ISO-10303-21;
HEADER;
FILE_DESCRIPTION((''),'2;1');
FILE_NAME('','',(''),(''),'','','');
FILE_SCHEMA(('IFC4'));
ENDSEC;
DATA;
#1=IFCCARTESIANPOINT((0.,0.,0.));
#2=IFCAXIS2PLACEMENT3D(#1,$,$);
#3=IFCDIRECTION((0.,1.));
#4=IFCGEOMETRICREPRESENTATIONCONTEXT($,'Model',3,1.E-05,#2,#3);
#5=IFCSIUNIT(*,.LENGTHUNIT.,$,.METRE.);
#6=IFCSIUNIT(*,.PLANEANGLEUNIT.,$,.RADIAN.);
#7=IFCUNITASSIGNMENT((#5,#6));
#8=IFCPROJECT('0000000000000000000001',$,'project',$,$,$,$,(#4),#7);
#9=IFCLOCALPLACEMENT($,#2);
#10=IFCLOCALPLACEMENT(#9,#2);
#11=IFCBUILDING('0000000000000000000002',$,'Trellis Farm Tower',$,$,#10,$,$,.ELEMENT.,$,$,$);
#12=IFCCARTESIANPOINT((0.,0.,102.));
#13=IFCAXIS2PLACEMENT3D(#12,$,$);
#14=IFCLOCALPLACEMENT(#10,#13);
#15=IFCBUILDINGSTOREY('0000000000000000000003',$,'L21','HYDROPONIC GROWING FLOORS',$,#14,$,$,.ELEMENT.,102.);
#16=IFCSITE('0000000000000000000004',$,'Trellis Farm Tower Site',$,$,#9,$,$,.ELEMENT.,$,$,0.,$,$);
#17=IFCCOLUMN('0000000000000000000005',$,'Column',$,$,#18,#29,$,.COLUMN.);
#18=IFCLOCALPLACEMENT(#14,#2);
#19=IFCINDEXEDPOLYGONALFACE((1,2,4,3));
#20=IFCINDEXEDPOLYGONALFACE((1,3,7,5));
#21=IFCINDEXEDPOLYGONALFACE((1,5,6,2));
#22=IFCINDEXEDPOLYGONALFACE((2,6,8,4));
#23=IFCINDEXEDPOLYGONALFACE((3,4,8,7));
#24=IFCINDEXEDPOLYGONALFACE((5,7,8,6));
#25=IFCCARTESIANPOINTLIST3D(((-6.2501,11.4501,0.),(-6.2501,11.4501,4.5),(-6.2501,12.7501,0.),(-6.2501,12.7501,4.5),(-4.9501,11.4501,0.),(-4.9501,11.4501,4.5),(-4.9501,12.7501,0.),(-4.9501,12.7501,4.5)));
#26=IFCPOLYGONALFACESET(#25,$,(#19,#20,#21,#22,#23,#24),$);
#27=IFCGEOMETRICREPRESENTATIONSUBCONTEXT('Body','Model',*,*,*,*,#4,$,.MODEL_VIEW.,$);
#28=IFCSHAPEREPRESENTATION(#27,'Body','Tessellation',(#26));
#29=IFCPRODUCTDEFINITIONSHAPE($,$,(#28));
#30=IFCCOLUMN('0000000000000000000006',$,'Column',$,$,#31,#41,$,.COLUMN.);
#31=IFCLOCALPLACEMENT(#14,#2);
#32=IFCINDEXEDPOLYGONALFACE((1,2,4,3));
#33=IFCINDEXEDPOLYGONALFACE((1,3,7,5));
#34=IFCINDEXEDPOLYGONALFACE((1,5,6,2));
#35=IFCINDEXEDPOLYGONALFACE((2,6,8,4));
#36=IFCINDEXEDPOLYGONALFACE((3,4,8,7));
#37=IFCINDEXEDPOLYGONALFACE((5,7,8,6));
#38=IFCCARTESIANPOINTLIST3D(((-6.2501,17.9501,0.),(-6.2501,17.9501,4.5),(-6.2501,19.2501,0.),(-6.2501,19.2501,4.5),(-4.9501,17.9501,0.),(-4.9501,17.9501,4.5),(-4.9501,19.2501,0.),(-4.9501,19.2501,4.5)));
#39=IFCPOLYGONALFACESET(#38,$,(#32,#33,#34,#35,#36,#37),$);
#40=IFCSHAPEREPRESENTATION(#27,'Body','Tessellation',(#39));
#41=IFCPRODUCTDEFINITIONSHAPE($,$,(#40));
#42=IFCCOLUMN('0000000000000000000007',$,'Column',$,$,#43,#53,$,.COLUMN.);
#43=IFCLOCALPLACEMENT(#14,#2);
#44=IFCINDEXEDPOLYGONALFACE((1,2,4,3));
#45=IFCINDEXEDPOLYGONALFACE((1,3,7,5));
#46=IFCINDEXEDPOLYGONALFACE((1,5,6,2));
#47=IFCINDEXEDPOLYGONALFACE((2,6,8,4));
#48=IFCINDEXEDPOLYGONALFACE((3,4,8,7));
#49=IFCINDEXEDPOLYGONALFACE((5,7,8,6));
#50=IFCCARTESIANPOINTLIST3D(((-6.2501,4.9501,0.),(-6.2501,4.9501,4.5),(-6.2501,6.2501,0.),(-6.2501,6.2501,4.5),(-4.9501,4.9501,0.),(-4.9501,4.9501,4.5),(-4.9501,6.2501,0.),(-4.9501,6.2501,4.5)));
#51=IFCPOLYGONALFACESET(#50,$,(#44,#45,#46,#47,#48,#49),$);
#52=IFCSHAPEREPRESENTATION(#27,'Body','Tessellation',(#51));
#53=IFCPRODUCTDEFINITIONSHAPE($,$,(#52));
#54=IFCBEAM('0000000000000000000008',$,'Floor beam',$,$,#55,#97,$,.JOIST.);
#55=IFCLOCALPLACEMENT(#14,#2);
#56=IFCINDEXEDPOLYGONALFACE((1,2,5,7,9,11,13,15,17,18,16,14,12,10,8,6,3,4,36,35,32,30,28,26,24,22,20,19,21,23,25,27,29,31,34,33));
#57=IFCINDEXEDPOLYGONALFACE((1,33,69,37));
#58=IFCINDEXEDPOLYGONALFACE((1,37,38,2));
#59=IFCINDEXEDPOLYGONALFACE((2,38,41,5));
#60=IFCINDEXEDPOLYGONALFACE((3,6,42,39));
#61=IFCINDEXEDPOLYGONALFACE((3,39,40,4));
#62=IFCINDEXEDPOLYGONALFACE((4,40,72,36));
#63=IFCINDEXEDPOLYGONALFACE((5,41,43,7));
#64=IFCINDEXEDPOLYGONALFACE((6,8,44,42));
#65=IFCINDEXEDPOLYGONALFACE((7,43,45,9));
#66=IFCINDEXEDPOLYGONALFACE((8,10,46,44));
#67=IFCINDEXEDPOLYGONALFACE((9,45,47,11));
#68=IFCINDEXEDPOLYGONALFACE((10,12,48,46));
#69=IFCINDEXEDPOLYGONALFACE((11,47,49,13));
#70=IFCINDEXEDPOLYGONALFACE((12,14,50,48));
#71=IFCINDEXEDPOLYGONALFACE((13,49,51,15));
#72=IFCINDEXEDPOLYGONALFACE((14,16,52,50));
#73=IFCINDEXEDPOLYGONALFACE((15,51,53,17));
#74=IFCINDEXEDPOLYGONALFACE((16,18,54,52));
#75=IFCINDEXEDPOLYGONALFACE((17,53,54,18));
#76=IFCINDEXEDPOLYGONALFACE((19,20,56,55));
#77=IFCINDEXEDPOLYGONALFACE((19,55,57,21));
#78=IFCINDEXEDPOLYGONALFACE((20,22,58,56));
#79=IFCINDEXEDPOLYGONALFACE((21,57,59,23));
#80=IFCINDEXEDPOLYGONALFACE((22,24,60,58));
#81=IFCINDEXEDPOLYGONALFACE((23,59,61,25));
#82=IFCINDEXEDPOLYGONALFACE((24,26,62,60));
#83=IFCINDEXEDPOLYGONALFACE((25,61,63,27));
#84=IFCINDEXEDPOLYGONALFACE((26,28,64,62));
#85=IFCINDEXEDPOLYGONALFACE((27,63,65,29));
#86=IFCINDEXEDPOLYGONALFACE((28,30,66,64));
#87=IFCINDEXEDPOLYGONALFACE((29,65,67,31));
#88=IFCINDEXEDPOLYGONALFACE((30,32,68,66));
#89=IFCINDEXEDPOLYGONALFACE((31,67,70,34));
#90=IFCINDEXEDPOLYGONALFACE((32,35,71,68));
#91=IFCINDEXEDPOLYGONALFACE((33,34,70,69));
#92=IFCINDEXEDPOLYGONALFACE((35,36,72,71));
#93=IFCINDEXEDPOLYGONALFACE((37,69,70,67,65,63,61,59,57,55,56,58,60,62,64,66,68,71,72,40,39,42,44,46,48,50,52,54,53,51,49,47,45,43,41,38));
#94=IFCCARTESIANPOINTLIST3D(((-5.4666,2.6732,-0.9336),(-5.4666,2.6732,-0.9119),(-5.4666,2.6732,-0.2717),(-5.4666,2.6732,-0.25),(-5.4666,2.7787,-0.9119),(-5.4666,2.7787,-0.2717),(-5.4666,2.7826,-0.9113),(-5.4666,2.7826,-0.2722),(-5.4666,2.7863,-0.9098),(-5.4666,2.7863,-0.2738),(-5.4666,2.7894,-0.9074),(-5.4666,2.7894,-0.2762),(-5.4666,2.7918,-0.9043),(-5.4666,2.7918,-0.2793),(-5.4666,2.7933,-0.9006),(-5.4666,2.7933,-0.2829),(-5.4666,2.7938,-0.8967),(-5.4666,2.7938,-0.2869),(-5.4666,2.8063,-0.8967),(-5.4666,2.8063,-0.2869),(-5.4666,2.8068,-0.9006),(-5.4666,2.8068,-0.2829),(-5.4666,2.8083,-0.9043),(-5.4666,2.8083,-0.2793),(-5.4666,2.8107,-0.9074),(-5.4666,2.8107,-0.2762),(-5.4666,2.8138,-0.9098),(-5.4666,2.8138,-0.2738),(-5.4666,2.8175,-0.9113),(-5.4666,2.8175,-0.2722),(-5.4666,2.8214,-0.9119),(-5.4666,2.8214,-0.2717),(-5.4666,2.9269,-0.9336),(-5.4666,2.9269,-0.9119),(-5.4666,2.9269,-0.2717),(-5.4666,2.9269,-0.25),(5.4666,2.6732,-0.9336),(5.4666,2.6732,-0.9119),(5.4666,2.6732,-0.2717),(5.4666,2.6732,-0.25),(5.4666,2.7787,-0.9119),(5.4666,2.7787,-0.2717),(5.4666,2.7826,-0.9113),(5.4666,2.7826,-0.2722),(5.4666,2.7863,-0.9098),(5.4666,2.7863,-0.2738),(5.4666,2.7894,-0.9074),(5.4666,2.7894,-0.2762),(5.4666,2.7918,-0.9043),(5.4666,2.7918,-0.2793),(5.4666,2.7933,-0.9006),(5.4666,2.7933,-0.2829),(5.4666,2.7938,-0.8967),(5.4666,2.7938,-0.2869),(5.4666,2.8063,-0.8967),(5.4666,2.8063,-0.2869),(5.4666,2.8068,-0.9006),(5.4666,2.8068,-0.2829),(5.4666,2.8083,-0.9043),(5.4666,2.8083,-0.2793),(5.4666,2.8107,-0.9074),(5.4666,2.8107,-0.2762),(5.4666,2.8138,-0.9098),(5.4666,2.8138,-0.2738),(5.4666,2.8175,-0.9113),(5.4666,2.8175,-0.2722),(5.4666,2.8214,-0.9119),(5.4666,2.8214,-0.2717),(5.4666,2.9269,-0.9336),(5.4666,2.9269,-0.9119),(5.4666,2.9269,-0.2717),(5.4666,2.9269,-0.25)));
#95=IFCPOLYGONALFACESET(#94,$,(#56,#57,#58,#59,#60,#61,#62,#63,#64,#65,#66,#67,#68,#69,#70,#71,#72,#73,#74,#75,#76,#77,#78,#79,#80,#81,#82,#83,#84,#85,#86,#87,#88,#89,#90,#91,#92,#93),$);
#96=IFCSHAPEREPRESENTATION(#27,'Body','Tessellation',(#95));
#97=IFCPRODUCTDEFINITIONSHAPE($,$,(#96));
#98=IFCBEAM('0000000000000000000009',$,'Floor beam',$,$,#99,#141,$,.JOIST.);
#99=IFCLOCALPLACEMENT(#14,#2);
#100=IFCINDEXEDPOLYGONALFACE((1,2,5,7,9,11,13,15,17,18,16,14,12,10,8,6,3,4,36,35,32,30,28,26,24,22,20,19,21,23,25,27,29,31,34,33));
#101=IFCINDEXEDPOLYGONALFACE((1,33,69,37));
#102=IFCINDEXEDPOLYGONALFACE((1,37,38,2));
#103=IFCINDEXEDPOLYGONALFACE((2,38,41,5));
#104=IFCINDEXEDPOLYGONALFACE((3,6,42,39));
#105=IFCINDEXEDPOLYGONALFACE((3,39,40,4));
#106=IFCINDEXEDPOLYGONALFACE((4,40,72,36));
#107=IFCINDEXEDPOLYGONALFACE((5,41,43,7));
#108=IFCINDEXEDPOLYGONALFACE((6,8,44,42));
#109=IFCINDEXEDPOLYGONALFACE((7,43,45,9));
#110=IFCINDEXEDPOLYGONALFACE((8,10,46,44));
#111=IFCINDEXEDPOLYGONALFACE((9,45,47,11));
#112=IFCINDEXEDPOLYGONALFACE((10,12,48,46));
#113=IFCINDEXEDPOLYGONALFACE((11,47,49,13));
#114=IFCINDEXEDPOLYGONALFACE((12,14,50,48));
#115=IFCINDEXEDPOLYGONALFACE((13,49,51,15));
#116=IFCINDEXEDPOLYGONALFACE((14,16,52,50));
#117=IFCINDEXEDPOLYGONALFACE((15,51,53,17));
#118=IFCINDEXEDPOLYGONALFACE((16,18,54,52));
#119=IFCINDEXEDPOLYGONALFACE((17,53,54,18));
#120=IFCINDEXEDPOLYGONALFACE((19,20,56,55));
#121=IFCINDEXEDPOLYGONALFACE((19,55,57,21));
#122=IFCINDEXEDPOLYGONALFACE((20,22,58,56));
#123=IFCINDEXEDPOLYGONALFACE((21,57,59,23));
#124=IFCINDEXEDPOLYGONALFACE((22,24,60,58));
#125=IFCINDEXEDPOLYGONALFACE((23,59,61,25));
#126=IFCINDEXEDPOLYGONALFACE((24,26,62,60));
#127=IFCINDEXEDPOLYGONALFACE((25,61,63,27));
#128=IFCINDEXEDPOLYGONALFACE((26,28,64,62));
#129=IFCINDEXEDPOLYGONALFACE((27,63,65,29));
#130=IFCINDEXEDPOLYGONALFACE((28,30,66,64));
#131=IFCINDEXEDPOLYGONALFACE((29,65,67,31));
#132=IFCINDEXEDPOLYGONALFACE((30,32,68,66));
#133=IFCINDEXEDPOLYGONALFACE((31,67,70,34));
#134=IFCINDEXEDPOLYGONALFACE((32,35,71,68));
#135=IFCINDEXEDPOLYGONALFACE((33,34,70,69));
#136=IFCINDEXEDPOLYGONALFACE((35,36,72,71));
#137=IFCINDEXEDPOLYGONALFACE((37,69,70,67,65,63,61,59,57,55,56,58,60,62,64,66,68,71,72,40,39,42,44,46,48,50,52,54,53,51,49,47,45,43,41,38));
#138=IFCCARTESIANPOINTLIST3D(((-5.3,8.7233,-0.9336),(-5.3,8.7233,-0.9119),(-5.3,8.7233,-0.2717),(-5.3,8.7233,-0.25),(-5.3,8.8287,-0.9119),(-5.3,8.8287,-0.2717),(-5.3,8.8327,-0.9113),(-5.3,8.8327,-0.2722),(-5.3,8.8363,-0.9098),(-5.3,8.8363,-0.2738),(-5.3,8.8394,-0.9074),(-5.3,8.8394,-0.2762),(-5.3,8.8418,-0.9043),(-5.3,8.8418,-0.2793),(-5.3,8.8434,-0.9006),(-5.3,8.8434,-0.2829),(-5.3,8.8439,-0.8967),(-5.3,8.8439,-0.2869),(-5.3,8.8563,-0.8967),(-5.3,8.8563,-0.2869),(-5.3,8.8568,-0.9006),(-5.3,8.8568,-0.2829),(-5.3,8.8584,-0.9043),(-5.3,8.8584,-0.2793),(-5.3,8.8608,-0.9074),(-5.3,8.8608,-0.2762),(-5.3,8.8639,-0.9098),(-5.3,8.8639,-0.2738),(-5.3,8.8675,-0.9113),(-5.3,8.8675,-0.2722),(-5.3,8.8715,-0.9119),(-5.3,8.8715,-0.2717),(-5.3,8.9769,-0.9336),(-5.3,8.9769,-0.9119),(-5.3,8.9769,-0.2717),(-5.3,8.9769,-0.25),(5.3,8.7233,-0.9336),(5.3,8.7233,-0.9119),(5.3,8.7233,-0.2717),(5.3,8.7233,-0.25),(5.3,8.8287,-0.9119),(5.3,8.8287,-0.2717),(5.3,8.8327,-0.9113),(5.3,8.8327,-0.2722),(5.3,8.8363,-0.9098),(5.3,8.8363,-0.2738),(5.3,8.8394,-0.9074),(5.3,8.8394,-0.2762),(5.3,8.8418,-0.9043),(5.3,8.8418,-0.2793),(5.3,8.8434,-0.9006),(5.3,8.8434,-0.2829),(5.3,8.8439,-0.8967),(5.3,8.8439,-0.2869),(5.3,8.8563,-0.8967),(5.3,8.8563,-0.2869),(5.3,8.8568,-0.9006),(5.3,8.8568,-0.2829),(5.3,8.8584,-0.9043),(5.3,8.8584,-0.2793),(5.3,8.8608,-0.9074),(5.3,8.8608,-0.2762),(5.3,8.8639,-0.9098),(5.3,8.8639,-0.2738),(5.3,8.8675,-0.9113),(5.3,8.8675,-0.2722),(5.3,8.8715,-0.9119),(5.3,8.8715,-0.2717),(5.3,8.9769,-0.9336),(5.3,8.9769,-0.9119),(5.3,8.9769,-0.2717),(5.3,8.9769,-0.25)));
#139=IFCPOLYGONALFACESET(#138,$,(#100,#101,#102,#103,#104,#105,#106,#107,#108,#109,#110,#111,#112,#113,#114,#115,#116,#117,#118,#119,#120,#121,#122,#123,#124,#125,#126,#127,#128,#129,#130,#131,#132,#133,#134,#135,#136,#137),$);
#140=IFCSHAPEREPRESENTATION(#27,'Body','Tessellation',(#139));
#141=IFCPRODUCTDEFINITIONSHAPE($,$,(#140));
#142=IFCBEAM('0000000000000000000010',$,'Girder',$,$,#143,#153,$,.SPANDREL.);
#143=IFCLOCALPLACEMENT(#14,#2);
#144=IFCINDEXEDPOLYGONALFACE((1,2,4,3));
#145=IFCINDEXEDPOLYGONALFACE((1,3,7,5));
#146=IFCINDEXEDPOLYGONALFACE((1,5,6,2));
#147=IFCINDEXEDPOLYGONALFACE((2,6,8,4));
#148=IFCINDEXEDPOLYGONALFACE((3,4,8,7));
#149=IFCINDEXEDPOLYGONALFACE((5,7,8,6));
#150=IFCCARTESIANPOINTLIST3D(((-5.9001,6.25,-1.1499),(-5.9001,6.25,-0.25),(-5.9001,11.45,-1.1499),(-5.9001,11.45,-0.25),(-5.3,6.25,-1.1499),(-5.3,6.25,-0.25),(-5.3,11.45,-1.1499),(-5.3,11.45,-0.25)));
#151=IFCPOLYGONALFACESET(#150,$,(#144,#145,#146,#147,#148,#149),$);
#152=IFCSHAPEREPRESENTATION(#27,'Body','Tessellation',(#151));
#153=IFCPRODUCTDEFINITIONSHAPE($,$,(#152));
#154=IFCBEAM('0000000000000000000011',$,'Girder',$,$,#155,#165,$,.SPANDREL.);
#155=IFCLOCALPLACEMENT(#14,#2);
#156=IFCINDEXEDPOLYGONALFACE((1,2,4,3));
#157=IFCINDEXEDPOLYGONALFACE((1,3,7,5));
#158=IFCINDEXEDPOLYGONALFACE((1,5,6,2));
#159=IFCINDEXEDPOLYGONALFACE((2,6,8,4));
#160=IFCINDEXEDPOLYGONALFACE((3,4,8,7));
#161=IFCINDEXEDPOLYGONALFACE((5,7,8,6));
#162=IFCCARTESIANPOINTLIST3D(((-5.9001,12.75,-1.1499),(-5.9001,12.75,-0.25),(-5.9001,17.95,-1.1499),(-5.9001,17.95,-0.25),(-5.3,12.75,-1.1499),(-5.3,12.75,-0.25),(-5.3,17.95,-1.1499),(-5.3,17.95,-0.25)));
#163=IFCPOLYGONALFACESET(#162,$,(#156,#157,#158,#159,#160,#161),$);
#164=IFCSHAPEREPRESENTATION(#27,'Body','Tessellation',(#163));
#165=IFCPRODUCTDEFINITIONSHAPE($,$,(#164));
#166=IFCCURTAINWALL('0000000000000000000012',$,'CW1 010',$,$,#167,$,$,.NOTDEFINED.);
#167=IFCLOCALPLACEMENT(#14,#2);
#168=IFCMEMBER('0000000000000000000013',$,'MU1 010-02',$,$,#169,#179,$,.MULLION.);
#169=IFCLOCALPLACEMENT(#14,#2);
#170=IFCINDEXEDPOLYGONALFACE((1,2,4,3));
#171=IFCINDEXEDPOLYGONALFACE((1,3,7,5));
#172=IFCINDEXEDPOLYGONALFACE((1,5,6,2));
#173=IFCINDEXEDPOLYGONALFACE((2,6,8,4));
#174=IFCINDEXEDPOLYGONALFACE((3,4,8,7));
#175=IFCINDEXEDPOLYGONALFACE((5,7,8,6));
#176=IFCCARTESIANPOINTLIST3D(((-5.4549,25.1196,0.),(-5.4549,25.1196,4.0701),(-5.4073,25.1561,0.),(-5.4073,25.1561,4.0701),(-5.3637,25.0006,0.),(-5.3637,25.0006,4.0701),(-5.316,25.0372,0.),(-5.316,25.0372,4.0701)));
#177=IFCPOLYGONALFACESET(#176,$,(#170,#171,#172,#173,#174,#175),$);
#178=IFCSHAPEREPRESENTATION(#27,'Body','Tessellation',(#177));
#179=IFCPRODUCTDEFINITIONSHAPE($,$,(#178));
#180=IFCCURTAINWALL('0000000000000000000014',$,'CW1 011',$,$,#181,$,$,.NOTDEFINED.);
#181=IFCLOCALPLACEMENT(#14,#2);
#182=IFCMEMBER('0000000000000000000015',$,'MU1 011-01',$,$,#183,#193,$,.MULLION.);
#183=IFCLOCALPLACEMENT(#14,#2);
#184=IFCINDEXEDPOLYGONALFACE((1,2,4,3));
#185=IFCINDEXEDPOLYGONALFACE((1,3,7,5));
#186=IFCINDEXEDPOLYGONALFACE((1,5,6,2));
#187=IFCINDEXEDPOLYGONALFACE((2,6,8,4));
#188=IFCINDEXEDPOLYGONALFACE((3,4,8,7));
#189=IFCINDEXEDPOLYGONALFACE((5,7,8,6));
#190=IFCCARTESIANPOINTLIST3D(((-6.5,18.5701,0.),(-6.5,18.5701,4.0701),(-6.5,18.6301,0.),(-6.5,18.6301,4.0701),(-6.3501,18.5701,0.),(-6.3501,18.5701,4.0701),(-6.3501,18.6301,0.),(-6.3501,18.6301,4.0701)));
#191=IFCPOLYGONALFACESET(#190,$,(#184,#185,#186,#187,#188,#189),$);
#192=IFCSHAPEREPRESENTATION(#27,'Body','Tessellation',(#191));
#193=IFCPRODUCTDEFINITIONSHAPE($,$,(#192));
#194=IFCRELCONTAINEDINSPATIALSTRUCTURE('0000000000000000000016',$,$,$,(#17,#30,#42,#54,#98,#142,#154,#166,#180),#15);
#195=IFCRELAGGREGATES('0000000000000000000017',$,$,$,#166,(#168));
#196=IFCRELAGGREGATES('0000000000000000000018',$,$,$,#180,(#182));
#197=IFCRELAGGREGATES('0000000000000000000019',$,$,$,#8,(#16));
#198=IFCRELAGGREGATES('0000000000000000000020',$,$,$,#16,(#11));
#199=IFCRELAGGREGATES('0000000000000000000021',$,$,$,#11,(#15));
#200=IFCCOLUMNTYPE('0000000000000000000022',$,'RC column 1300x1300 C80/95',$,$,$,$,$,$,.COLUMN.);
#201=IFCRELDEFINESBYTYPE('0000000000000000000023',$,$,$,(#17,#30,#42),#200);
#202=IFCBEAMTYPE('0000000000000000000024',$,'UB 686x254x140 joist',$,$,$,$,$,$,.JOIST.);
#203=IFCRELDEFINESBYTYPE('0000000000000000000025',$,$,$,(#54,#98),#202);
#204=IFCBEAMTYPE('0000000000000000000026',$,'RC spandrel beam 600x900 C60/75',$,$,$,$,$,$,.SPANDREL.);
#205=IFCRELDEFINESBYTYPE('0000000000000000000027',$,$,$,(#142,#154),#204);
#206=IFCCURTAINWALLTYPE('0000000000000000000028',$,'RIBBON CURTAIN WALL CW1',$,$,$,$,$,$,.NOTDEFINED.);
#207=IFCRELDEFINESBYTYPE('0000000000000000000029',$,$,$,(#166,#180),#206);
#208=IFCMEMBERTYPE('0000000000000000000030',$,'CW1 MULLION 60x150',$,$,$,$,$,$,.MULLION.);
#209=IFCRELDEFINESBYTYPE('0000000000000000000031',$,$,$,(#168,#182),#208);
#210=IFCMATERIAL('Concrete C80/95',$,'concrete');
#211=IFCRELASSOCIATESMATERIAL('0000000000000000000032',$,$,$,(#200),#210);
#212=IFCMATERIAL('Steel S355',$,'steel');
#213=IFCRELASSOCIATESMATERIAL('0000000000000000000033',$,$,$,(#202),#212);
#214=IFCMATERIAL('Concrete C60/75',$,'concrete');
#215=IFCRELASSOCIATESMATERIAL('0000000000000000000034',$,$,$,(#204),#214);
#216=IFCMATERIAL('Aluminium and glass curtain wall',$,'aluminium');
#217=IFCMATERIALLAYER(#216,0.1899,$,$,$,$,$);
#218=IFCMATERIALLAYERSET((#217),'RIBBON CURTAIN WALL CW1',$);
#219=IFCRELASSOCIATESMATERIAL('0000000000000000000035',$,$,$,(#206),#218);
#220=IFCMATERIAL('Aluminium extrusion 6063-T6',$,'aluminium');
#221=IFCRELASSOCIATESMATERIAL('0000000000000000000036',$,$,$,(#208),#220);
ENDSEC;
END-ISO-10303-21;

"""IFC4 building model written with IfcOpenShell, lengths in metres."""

from ifc_helpers import new_model, si_unit, direction, frame, origin, origin_2d, place, context, subcontext, project, spatial, rectangle, i_section, extrude, source, transform, mapped, material, layer, layer_set, material_profile, profile_set, type_object, element, aggregate, save


model = new_model("IFC4")

# Units and contexts
model_context = context("Model", 3, precision=1e-05, world=origin(), true_north=direction((0.0, 1.0)))
body_context = subcontext(model_context, "Body", "Model", "MODEL_VIEW")
ifc_project = project(units=[si_unit("LENGTHUNIT", "METRE"), si_unit("PLANEANGLEUNIT", "RADIAN")], contexts=[model_context])

# Site, building, storey
site_placement = place(None, origin())
site = spatial("IfcSite", under=ifc_project, at=site_placement, Name="Trellis Farm Tower Site", CompositionType="ELEMENT", RefElevation=0.0)
building_placement = place(site_placement, origin())
building = spatial("IfcBuilding", under=site, at=building_placement, Name="Trellis Farm Tower", CompositionType="ELEMENT")
storey_placement = place(building_placement, frame((0.0, 0.0, 102.0)))
storey = spatial("IfcBuildingStorey", under=building, at=storey_placement, Name="L21", Description="HYDROPONIC GROWING FLOORS", CompositionType="ELEMENT", Elevation=102.0)

# Columns
ifc_material_1 = material(Name="Concrete C80/95", Category="concrete")
ifc_material_profile_1 = material_profile(ifc_material_1, rectangle(XDim=1.3, YDim=1.3, at=origin_2d()), Name="RC column 1300x1300 C80/95")
ifc_profile_set_1 = profile_set([ifc_material_profile_1], Name="Concrete C80/95")
column_type = type_object("IfcColumnType", Name="RC column 1300x1300 C80/95", PredefinedType="COLUMN", material=ifc_profile_set_1)
shared_shape_1 = source(origin(), body_context, "Body", "SweptSolid", [
    extrude(rectangle(XDim=1.3, YDim=1.3, at=origin_2d()), origin(), (0.0, 0.0, 1.0), 4.5),
])
for number, where, z_axis, x_axis, name in (
    (1, (-5.6001, 12.1001, 0.0), (0.0, 0.0, 1.0), (1.0, 0.0, 0.0), "Column"),
    (2, (-5.6001, 18.6001, 0.0), (0.0, 0.0, 1.0), (1.0, 0.0, 0.0), "Column"),
    (3, (-5.6001, 5.6001, 0.0), (0.0, 0.0, 1.0), (1.0, 0.0, 0.0), "Column"),
):
    element("IfcColumn", number, at=place(storey_placement, frame(where, z_axis=z_axis, x_axis=x_axis)), inside=storey, type_object=column_type, Name=name, PredefinedType="COLUMN", context=body_context, shape_type="MappedRepresentation", body=[
        mapped(shared_shape_1, transform((0.0, 0.0, 0.0))),
    ])

# Beams
ifc_material_2 = material(Name="Steel S355", Category="steel")
ifc_material_profile_2 = material_profile(ifc_material_2, i_section(OverallWidth=0.2537, OverallDepth=0.6836, WebThickness=0.0125, FlangeThickness=0.0217, FilletRadius=0.0151, at=origin_2d()), Name="UB 686x254x140")
ifc_profile_set_2 = profile_set([ifc_material_profile_2], Name="Steel S355")
beam_type_1 = type_object("IfcBeamType", Name="UB 686x254x140 joist", PredefinedType="JOIST", material=ifc_profile_set_2)
shared_shape_2 = source(origin(), body_context, "Body", "SweptSolid", [
    extrude(i_section(OverallWidth=0.2537, OverallDepth=0.6836, WebThickness=0.0125, FlangeThickness=0.0217, FilletRadius=0.0151, at=origin_2d()), origin(), (0.0, 0.0, 1.0), 10.9331),
])
beam_1_placement = place(storey_placement, frame((-5.4666, 2.8, -0.5918), z_axis=(1.0, 0.0, 0.0), x_axis=(0.0, 1.0, 0.0)))
element("IfcBeam", 4, at=beam_1_placement, inside=storey, type_object=beam_type_1, Name="Floor beam", PredefinedType="JOIST", context=body_context, shape_type="MappedRepresentation", body=[
    mapped(shared_shape_2, transform((0.0, 0.0, 0.0))),
])
shared_shape_3 = source(origin(), body_context, "Body", "SweptSolid", [
    extrude(i_section(OverallWidth=0.2537, OverallDepth=0.6836, WebThickness=0.0125, FlangeThickness=0.0217, FilletRadius=0.0151, at=origin_2d()), origin(), (0.0, 0.0, 1.0), 10.6001),
])
beam_2_placement = place(storey_placement, frame((-5.3, 8.8501, -0.5918), z_axis=(1.0, 0.0, 0.0), x_axis=(0.0, 1.0, 0.0)))
element("IfcBeam", 5, at=beam_2_placement, inside=storey, type_object=beam_type_1, Name="Floor beam", PredefinedType="JOIST", context=body_context, shape_type="MappedRepresentation", body=[
    mapped(shared_shape_3, transform((0.0, 0.0, 0.0))),
])
ifc_material_3 = material(Name="Concrete C60/75", Category="concrete")
ifc_material_profile_3 = material_profile(ifc_material_3, rectangle(XDim=0.6001, YDim=0.8999, at=origin_2d()), Name="RC spandrel beam 600x900 C60/75")
ifc_profile_set_3 = profile_set([ifc_material_profile_3], Name="Concrete C60/75")
beam_type_2 = type_object("IfcBeamType", Name="RC spandrel beam 600x900 C60/75", PredefinedType="SPANDREL", material=ifc_profile_set_3)
shared_shape_4 = source(origin(), body_context, "Body", "SweptSolid", [
    extrude(rectangle(XDim=0.6001, YDim=0.8999, at=origin_2d()), origin(), (0.0, 0.0, 1.0), 5.2),
])
for number, where, z_axis, x_axis, name in (
    (6, (-5.6001, 6.25, -0.7), (0.0, 1.0, 0.0), (-1.0, 0.0, 0.0), "Girder"),
    (7, (-5.6001, 12.75, -0.7), (0.0, 1.0, 0.0), (-1.0, 0.0, 0.0), "Girder"),
):
    element("IfcBeam", number, at=place(storey_placement, frame(where, z_axis=z_axis, x_axis=x_axis)), inside=storey, type_object=beam_type_2, Name=name, PredefinedType="SPANDREL", context=body_context, shape_type="MappedRepresentation", body=[
        mapped(shared_shape_4, transform((0.0, 0.0, 0.0))),
    ])

# Curtain wall, member
ifc_material_4 = material(Name="Aluminium and glass curtain wall", Category="aluminium")
ifc_layer_1 = layer(ifc_material_4, 0.1899)
ifc_layer_set_1 = layer_set([ifc_layer_1], Name="RIBBON CURTAIN WALL CW1")
curtain_wall_type_1 = type_object("IfcCurtainWallType", Name="RIBBON CURTAIN WALL CW1", PredefinedType="NOTDEFINED", material=ifc_layer_set_1)
placement = place(storey_placement, origin())
curtain_wall_1 = element("IfcCurtainWall", 8, at=placement, inside=storey, type_object=curtain_wall_type_1, Name="CW1 010", PredefinedType="NOTDEFINED")
ifc_material_5 = material(Name="Aluminium extrusion 6063-T6", Category="aluminium")
ifc_material_profile_4 = material_profile(ifc_material_5, rectangle(XDim=0.0601, YDim=0.1499, at=origin_2d()), Name="MULLION 60x150")
ifc_profile_set_4 = profile_set([ifc_material_profile_4], Name="Aluminium extrusion 6063-T6")
member_type_1 = type_object("IfcMemberType", Name="CW1 MULLION 60x150", PredefinedType="MULLION", material=ifc_profile_set_4)
shared_shape_5 = source(origin(), body_context, "Body", "SweptSolid", [
    extrude(rectangle(XDim=0.0601, YDim=0.1499, at=origin_2d()), origin(), (0.0, 0.0, 1.0), 4.0701),
])
member_1_placement = place(storey_placement, frame((-5.3855, 25.0784, 0.0), z_axis=(0.0, 0.0, 1.0), x_axis=(-0.793353, -0.608761, 0.0)))
member_1 = element("IfcMember", 9, at=member_1_placement, type_object=member_type_1, Name="MU1 010-02", PredefinedType="MULLION", context=body_context, shape_type="MappedRepresentation", body=[
    mapped(shared_shape_5, transform((0.0, 0.0, 0.0))),
])
aggregate(curtain_wall_1, [member_1])

# Curtain wall, member
curtain_wall_2 = element("IfcCurtainWall", 10, at=placement, inside=storey, type_object=curtain_wall_type_1, Name="CW1 011", PredefinedType="NOTDEFINED")
member_2_placement = place(storey_placement, frame((-6.425, 18.6001, 0.0), z_axis=(0.0, 0.0, 1.0), x_axis=(0.0, -1.0, 0.0)))
member_2 = element("IfcMember", 11, at=member_2_placement, type_object=member_type_1, Name="MU1 011-01", PredefinedType="MULLION", context=body_context, shape_type="MappedRepresentation", body=[
    mapped(shared_shape_5, transform((0.0, 0.0, 0.0))),
])
aggregate(curtain_wall_2, [member_2])

save(model, "model.ifc")
